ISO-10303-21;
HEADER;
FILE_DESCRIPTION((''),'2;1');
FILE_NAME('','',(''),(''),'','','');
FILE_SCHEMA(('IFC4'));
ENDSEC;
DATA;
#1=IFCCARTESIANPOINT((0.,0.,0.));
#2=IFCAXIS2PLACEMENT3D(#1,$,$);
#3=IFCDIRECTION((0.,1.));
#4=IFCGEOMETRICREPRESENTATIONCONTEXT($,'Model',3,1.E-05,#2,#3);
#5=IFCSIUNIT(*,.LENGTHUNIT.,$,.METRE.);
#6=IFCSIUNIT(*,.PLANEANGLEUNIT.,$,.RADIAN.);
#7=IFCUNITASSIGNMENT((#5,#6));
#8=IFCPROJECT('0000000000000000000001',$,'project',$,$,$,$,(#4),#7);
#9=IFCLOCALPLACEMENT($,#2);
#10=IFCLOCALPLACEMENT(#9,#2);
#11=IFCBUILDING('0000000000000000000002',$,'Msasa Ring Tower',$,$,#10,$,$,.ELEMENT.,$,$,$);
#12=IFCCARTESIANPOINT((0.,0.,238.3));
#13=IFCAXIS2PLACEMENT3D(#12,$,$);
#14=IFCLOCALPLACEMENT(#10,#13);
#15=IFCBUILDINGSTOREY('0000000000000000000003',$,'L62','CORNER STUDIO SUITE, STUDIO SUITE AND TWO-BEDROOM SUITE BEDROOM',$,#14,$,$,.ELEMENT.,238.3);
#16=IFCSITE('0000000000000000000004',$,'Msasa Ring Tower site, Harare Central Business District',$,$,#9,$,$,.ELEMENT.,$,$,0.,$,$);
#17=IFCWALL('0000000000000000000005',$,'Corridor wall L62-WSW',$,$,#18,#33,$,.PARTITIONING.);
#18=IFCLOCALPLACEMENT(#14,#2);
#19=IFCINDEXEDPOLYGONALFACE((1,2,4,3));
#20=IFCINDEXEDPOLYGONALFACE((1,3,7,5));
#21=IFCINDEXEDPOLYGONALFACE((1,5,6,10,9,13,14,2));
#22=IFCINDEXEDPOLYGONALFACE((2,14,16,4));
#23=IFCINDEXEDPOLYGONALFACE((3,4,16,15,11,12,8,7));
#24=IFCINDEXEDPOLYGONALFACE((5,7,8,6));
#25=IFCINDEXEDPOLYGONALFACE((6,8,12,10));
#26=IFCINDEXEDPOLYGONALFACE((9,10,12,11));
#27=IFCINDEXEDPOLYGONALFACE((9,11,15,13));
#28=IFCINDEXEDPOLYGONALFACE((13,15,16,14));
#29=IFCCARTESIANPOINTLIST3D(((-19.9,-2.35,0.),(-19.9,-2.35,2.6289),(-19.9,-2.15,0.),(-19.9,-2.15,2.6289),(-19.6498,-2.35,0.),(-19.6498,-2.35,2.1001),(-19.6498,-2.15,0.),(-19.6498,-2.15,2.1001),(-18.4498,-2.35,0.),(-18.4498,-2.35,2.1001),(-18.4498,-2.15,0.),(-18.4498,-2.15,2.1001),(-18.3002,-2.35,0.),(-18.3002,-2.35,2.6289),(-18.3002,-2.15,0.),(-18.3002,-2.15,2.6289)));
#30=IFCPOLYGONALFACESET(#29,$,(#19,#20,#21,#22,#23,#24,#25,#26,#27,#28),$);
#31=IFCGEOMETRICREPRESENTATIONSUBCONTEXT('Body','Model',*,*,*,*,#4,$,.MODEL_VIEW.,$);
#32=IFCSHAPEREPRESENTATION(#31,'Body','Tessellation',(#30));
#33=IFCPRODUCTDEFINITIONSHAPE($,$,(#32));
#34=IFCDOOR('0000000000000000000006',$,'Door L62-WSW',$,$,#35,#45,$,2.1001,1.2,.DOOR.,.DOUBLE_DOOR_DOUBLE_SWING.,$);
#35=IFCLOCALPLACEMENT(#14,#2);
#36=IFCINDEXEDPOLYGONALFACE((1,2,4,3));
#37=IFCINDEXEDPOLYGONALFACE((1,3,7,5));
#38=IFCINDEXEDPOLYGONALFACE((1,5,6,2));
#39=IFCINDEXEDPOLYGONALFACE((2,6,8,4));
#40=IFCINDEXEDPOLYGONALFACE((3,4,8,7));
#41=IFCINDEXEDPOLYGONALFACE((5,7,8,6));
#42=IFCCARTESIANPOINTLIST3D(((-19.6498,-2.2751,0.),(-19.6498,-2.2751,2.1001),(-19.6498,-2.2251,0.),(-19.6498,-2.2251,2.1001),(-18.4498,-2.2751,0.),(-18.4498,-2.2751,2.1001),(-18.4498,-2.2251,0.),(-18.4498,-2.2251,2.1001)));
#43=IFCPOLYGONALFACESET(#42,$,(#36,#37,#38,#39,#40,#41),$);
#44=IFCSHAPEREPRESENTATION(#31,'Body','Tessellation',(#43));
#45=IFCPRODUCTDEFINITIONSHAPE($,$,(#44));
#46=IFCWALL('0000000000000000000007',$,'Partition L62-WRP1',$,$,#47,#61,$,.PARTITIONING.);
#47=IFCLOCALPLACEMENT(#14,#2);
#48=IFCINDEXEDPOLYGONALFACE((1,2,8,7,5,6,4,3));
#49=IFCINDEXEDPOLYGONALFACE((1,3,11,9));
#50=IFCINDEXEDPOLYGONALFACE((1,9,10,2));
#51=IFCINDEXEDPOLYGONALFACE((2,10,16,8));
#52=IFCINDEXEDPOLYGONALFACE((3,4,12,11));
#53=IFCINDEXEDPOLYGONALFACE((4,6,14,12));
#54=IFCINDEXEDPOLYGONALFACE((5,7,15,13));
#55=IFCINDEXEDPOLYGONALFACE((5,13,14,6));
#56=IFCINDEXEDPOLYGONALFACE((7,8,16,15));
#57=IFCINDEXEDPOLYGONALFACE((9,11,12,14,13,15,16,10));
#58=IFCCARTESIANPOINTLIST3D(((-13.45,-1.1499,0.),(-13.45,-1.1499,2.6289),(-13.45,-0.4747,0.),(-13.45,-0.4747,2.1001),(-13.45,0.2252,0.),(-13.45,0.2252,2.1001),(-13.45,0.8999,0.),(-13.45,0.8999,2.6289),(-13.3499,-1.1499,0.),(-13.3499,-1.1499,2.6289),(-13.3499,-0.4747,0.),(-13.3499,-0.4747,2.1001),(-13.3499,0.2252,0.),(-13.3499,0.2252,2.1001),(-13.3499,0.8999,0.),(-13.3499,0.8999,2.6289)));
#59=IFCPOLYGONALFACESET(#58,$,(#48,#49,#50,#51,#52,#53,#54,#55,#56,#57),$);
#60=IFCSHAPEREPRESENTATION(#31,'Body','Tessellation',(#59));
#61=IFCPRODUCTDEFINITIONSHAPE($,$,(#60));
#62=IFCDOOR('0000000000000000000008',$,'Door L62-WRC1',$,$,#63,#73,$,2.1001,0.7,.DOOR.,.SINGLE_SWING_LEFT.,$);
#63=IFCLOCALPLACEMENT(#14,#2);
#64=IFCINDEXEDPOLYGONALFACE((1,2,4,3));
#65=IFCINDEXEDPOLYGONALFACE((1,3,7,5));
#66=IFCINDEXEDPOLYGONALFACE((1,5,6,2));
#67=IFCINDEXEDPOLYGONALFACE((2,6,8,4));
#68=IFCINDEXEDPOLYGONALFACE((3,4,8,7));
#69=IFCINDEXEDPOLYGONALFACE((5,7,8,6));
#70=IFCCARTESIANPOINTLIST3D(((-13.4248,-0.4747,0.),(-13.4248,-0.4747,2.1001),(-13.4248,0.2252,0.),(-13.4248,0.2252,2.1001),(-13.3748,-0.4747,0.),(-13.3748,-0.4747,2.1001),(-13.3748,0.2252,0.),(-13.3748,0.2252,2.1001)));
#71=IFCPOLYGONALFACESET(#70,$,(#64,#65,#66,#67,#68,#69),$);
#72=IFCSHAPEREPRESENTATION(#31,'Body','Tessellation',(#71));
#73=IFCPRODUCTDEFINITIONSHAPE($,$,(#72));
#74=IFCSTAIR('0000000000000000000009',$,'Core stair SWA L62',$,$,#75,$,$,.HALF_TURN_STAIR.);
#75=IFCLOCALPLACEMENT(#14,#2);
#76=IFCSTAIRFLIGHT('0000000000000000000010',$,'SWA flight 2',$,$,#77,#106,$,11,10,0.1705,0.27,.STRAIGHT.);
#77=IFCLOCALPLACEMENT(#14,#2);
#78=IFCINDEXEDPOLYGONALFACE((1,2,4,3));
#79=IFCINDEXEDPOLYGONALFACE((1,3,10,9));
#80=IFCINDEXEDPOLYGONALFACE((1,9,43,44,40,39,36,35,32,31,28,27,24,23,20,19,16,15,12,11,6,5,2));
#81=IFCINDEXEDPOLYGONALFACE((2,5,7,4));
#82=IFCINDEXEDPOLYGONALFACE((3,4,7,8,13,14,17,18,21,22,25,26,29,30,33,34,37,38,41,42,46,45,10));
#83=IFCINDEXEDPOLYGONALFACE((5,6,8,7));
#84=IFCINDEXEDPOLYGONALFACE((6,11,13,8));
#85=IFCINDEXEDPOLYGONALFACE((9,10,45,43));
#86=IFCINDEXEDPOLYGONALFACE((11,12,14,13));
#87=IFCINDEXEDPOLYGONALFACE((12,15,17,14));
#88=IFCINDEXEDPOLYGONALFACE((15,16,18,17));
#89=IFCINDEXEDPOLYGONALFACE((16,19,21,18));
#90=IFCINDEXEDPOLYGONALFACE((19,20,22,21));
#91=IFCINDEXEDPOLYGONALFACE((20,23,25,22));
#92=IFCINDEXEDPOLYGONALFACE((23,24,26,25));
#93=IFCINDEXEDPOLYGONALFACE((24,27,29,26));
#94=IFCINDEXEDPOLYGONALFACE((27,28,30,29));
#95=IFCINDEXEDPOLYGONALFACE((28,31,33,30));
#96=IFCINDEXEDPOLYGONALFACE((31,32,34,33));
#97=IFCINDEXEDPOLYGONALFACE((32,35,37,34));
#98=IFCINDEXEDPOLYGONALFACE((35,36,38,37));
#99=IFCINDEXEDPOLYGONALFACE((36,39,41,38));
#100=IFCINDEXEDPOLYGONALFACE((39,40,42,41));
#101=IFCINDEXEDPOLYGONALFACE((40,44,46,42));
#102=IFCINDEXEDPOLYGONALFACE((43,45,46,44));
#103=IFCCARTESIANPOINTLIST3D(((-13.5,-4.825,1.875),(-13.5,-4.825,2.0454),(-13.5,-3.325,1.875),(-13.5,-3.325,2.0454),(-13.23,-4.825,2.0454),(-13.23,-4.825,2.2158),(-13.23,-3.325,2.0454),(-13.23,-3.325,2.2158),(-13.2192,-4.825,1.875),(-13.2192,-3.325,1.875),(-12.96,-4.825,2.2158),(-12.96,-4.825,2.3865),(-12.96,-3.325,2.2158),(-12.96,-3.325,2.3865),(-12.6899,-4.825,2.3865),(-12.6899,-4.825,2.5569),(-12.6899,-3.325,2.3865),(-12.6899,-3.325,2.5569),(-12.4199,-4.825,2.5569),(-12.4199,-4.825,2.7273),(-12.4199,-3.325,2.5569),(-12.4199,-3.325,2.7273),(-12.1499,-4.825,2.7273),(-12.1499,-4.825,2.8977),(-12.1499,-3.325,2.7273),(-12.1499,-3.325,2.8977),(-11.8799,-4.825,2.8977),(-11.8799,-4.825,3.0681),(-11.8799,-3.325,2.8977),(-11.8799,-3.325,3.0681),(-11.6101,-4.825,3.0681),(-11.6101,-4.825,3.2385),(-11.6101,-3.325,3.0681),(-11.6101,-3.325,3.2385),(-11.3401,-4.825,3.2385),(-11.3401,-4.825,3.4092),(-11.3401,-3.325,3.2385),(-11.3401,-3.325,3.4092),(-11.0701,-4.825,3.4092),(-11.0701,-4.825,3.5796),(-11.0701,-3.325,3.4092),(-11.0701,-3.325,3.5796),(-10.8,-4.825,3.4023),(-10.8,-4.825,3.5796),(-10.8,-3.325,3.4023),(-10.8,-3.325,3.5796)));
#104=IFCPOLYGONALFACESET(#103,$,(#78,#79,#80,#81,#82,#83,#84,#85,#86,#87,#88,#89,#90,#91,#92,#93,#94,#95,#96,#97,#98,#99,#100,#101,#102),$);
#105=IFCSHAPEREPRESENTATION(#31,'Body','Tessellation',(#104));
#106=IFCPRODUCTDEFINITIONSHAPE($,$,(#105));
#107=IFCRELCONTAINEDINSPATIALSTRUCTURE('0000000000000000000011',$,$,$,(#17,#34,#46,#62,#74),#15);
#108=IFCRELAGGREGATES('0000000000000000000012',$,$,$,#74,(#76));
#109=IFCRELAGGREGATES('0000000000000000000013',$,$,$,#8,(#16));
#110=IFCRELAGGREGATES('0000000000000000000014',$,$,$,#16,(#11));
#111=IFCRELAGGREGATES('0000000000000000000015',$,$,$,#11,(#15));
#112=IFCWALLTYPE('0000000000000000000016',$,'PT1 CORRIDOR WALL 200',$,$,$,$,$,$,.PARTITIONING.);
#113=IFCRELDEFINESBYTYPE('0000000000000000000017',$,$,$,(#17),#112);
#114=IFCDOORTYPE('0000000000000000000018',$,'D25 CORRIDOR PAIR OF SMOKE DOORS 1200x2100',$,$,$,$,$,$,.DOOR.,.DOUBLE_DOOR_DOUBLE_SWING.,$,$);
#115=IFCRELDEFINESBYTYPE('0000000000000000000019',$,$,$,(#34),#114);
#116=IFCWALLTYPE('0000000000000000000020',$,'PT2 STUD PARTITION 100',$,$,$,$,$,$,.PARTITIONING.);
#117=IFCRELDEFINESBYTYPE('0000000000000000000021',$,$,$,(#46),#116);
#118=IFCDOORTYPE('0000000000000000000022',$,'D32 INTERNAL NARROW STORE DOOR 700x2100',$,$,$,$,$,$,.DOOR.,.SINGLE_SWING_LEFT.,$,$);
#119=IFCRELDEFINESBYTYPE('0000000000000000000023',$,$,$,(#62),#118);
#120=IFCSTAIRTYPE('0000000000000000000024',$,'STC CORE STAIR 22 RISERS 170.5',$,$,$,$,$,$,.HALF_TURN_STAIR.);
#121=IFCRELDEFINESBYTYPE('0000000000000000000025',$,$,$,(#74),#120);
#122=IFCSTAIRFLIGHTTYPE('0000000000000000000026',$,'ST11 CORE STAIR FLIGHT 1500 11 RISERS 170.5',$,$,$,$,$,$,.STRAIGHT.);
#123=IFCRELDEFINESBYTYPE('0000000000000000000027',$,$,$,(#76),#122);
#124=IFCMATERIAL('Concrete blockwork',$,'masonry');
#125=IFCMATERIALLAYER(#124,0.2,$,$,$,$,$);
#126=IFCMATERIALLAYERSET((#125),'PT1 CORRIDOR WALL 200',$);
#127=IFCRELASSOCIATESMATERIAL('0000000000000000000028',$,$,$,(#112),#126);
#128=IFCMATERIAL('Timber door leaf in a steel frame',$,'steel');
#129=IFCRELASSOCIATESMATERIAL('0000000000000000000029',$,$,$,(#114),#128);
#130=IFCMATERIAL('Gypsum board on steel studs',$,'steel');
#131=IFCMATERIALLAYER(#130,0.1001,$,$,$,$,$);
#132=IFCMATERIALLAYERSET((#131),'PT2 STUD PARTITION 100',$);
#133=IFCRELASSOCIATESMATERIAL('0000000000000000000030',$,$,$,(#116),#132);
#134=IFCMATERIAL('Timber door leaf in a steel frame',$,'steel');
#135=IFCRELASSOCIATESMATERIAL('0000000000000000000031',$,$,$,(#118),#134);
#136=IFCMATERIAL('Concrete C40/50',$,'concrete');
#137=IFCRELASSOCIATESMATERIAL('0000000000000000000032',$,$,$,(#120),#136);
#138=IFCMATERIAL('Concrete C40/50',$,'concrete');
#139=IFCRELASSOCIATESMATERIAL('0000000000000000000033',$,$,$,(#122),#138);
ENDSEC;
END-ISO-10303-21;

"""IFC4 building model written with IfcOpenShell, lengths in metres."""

from ifc_helpers import new_model, si_unit, direction, frame, frame_2d, origin, place, context, subcontext, project, spatial, polyline, rectangle, outline, extrude, material, layer, layer_set, type_object, element, fill, aggregate, save


model = new_model("IFC4")

# Units and contexts
model_context = context("Model", 3, precision=1e-05, world=origin(), true_north=direction((0.0, 1.0)))
body_context = subcontext(model_context, "Body", "Model", "MODEL_VIEW")
ifc_project = project(units=[si_unit("LENGTHUNIT", "METRE"), si_unit("PLANEANGLEUNIT", "RADIAN")], contexts=[model_context])

# Site, building, storey
site_placement = place(None, origin())
site = spatial("IfcSite", under=ifc_project, at=site_placement, Name="Msasa Ring Tower site, Harare Central Business District", CompositionType="ELEMENT", RefElevation=0.0)
building_placement = place(site_placement, origin())
building = spatial("IfcBuilding", under=site, at=building_placement, Name="Msasa Ring Tower", CompositionType="ELEMENT")
storey_placement = place(building_placement, frame((0.0, 0.0, 238.3)))
storey = spatial("IfcBuildingStorey", under=building, at=storey_placement, Name="L62", Description="CORNER STUDIO SUITE, STUDIO SUITE AND TWO-BEDROOM SUITE BEDROOM", CompositionType="ELEMENT", Elevation=238.3)

# Walls, openings, doors
ifc_material_1 = material(Name="Concrete blockwork", Category="masonry")
ifc_layer_1 = layer(ifc_material_1, 0.2)
ifc_layer_set_1 = layer_set([ifc_layer_1], Name="PT1 CORRIDOR WALL 200")
wall_type_1 = type_object("IfcWallType", Name="PT1 CORRIDOR WALL 200", PredefinedType="PARTITIONING", material=ifc_layer_set_1)
wall_1_placement = place(storey_placement, frame((-19.8999, -2.25, 0.0), z_axis=(0.0, 0.0, 1.0), x_axis=(1.0, 0.0, 0.0)))
wall_1 = element("IfcWall", 1, at=wall_1_placement, inside=storey, type_object=wall_type_1, Name="Corridor wall L62-WSW", PredefinedType="PARTITIONING", context=body_context, shape_type="SweptSolid", body=[
    extrude(rectangle(XDim=1.5999, YDim=0.2, at=frame_2d((0.7998, 0.0))), origin(), (0.0, 0.0, 1.0), 2.6289),
])
opening_1_placement = place(wall_1_placement, frame((0.25, 0.0, 0.0)))
opening_1 = element("IfcOpeningElement", 2, at=opening_1_placement, cuts=wall_1, PredefinedType="OPENING", context=body_context, shape_type="SweptSolid", body=[
    extrude(rectangle(XDim=1.2, YDim=2.1001, at=frame_2d((0.6001, 1.05))), frame((0.0, 0.1099, 0.0), z_axis=(0.0, -1.0, 0.0), x_axis=(1.0, 0.0, 0.0)), (0.0, 0.0, 1.0), 0.22),
])
ifc_material_2 = material(Name="Timber door leaf in a steel frame", Category="steel")
door_type_1 = type_object("IfcDoorType", Name="D25 CORRIDOR PAIR OF SMOKE DOORS 1200x2100", OperationType="DOUBLE_DOOR_DOUBLE_SWING", PredefinedType="DOOR", material=ifc_material_2)
door_1_placement = place(opening_1_placement, origin())
door_1 = element("IfcDoor", 3, at=door_1_placement, inside=storey, type_object=door_type_1, Name="Door L62-WSW", OperationType="DOUBLE_DOOR_DOUBLE_SWING", OverallHeight=2.1001, OverallWidth=1.2, PredefinedType="DOOR", context=body_context, shape_type="SweptSolid", body=[
    extrude(rectangle(XDim=1.2, YDim=2.1001, at=frame_2d((0.6001, 1.05))), frame((0.0, 0.0249, 0.0), z_axis=(0.0, -1.0, 0.0), x_axis=(1.0, 0.0, 0.0)), (0.0, 0.0, 1.0), 0.05),
])
fill(opening_1, door_1)
ifc_material_3 = material(Name="Gypsum board on steel studs", Category="steel")
ifc_layer_2 = layer(ifc_material_3, 0.1001)
ifc_layer_set_2 = layer_set([ifc_layer_2], Name="PT2 STUD PARTITION 100")
wall_type_2 = type_object("IfcWallType", Name="PT2 STUD PARTITION 100", PredefinedType="PARTITIONING", material=ifc_layer_set_2)
wall_2_placement = place(storey_placement, frame((-13.3999, -1.1499, 0.0), z_axis=(0.0, 0.0, 1.0), x_axis=(0.0, 1.0, 0.0)))
wall_2 = element("IfcWall", 4, at=wall_2_placement, inside=storey, type_object=wall_type_2, Name="Partition L62-WRP1", PredefinedType="PARTITIONING", context=body_context, shape_type="SweptSolid", body=[
    extrude(rectangle(XDim=2.0498, YDim=0.1001, at=frame_2d((1.0249, 0.0))), origin(), (0.0, 0.0, 1.0), 2.6289),
])
opening_2_placement = place(wall_2_placement, frame((0.675, 0.0, 0.0)))
opening_2 = element("IfcOpeningElement", 5, at=opening_2_placement, cuts=wall_2, PredefinedType="OPENING", context=body_context, shape_type="SweptSolid", body=[
    extrude(rectangle(XDim=0.7, YDim=2.1001, at=frame_2d((0.3501, 1.05))), frame((0.0, 0.0601, 0.0), z_axis=(0.0, -1.0, 0.0), x_axis=(1.0, 0.0, 0.0)), (0.0, 0.0, 1.0), 0.1201),
])
ifc_material_4 = material(Name="Timber door leaf in a steel frame", Category="steel")
door_type_2 = type_object("IfcDoorType", Name="D32 INTERNAL NARROW STORE DOOR 700x2100", OperationType="SINGLE_SWING_LEFT", PredefinedType="DOOR", material=ifc_material_4)
door_2_placement = place(opening_2_placement, origin())
door_2 = element("IfcDoor", 6, at=door_2_placement, inside=storey, type_object=door_type_2, Name="Door L62-WRC1", OperationType="SINGLE_SWING_LEFT", OverallHeight=2.1001, OverallWidth=0.7, PredefinedType="DOOR", context=body_context, shape_type="SweptSolid", body=[
    extrude(rectangle(XDim=0.7, YDim=2.1001, at=frame_2d((0.3501, 1.05))), frame((0.0, 0.0249, 0.0), z_axis=(0.0, -1.0, 0.0), x_axis=(1.0, 0.0, 0.0)), (0.0, 0.0, 1.0), 0.05),
])
fill(opening_2, door_2)

# Stair, stair flight
ifc_material_5 = material(Name="Concrete C40/50", Category="concrete")
stair_type = type_object("IfcStairType", Name="STC CORE STAIR 22 RISERS 170.5", PredefinedType="HALF_TURN_STAIR", material=ifc_material_5)
stair_placement = place(storey_placement, origin())
stair = element("IfcStair", 7, at=stair_placement, inside=storey, type_object=stair_type, Name="Core stair SWA L62", PredefinedType="HALF_TURN_STAIR")
ifc_material_6 = material(Name="Concrete C40/50", Category="concrete")
stair_flight_type = type_object("IfcStairFlightType", Name="ST11 CORE STAIR FLIGHT 1500 11 RISERS 170.5", PredefinedType="STRAIGHT", material=ifc_material_6)
stair_flight_placement = place(storey_placement, frame((-13.5, -4.075, 1.875), z_axis=(0.0, 0.0, 1.0), x_axis=(1.0, 0.0, 0.0)))
stair_flight = element("IfcStairFlight", 8, at=stair_flight_placement, type_object=stair_flight_type, Name="SWA flight 2", NumberOfRisers=11, NumberOfTreads=10, PredefinedType="STRAIGHT", RiserHeight=0.1705, TreadLength=0.27, context=body_context, shape_type="SweptSolid", body=[
    extrude(outline(polyline([(0.0, 0.0), (0.0, 0.1704), (0.27, 0.1704), (0.27, 0.3408), (0.54, 0.3408), (0.54, 0.5115), (0.8101, 0.5115), (0.8101, 0.6819), (1.0801, 0.6819), (1.0801, 0.8523), (1.3501, 0.8523), (1.3501, 1.0227), (1.6201, 1.0227), (1.6201, 1.1931), (1.8899, 1.1931), (1.8899, 1.3635), (2.1599, 1.3635), (2.1599, 1.5342), (2.4299, 1.5342), (2.4299, 1.7046), (2.7, 1.7046), (2.7, 1.875), (2.7, 1.5273), (0.2808, 0.0), (0.0, 0.0)])), frame((0.0, 0.75, 0.0), z_axis=(0.0, -1.0, 0.0), x_axis=(1.0, 0.0, 0.0)), (0.0, 0.0, 1.0), 1.5),
])
aggregate(stair, [stair_flight])

save(model, "model.ifc")
